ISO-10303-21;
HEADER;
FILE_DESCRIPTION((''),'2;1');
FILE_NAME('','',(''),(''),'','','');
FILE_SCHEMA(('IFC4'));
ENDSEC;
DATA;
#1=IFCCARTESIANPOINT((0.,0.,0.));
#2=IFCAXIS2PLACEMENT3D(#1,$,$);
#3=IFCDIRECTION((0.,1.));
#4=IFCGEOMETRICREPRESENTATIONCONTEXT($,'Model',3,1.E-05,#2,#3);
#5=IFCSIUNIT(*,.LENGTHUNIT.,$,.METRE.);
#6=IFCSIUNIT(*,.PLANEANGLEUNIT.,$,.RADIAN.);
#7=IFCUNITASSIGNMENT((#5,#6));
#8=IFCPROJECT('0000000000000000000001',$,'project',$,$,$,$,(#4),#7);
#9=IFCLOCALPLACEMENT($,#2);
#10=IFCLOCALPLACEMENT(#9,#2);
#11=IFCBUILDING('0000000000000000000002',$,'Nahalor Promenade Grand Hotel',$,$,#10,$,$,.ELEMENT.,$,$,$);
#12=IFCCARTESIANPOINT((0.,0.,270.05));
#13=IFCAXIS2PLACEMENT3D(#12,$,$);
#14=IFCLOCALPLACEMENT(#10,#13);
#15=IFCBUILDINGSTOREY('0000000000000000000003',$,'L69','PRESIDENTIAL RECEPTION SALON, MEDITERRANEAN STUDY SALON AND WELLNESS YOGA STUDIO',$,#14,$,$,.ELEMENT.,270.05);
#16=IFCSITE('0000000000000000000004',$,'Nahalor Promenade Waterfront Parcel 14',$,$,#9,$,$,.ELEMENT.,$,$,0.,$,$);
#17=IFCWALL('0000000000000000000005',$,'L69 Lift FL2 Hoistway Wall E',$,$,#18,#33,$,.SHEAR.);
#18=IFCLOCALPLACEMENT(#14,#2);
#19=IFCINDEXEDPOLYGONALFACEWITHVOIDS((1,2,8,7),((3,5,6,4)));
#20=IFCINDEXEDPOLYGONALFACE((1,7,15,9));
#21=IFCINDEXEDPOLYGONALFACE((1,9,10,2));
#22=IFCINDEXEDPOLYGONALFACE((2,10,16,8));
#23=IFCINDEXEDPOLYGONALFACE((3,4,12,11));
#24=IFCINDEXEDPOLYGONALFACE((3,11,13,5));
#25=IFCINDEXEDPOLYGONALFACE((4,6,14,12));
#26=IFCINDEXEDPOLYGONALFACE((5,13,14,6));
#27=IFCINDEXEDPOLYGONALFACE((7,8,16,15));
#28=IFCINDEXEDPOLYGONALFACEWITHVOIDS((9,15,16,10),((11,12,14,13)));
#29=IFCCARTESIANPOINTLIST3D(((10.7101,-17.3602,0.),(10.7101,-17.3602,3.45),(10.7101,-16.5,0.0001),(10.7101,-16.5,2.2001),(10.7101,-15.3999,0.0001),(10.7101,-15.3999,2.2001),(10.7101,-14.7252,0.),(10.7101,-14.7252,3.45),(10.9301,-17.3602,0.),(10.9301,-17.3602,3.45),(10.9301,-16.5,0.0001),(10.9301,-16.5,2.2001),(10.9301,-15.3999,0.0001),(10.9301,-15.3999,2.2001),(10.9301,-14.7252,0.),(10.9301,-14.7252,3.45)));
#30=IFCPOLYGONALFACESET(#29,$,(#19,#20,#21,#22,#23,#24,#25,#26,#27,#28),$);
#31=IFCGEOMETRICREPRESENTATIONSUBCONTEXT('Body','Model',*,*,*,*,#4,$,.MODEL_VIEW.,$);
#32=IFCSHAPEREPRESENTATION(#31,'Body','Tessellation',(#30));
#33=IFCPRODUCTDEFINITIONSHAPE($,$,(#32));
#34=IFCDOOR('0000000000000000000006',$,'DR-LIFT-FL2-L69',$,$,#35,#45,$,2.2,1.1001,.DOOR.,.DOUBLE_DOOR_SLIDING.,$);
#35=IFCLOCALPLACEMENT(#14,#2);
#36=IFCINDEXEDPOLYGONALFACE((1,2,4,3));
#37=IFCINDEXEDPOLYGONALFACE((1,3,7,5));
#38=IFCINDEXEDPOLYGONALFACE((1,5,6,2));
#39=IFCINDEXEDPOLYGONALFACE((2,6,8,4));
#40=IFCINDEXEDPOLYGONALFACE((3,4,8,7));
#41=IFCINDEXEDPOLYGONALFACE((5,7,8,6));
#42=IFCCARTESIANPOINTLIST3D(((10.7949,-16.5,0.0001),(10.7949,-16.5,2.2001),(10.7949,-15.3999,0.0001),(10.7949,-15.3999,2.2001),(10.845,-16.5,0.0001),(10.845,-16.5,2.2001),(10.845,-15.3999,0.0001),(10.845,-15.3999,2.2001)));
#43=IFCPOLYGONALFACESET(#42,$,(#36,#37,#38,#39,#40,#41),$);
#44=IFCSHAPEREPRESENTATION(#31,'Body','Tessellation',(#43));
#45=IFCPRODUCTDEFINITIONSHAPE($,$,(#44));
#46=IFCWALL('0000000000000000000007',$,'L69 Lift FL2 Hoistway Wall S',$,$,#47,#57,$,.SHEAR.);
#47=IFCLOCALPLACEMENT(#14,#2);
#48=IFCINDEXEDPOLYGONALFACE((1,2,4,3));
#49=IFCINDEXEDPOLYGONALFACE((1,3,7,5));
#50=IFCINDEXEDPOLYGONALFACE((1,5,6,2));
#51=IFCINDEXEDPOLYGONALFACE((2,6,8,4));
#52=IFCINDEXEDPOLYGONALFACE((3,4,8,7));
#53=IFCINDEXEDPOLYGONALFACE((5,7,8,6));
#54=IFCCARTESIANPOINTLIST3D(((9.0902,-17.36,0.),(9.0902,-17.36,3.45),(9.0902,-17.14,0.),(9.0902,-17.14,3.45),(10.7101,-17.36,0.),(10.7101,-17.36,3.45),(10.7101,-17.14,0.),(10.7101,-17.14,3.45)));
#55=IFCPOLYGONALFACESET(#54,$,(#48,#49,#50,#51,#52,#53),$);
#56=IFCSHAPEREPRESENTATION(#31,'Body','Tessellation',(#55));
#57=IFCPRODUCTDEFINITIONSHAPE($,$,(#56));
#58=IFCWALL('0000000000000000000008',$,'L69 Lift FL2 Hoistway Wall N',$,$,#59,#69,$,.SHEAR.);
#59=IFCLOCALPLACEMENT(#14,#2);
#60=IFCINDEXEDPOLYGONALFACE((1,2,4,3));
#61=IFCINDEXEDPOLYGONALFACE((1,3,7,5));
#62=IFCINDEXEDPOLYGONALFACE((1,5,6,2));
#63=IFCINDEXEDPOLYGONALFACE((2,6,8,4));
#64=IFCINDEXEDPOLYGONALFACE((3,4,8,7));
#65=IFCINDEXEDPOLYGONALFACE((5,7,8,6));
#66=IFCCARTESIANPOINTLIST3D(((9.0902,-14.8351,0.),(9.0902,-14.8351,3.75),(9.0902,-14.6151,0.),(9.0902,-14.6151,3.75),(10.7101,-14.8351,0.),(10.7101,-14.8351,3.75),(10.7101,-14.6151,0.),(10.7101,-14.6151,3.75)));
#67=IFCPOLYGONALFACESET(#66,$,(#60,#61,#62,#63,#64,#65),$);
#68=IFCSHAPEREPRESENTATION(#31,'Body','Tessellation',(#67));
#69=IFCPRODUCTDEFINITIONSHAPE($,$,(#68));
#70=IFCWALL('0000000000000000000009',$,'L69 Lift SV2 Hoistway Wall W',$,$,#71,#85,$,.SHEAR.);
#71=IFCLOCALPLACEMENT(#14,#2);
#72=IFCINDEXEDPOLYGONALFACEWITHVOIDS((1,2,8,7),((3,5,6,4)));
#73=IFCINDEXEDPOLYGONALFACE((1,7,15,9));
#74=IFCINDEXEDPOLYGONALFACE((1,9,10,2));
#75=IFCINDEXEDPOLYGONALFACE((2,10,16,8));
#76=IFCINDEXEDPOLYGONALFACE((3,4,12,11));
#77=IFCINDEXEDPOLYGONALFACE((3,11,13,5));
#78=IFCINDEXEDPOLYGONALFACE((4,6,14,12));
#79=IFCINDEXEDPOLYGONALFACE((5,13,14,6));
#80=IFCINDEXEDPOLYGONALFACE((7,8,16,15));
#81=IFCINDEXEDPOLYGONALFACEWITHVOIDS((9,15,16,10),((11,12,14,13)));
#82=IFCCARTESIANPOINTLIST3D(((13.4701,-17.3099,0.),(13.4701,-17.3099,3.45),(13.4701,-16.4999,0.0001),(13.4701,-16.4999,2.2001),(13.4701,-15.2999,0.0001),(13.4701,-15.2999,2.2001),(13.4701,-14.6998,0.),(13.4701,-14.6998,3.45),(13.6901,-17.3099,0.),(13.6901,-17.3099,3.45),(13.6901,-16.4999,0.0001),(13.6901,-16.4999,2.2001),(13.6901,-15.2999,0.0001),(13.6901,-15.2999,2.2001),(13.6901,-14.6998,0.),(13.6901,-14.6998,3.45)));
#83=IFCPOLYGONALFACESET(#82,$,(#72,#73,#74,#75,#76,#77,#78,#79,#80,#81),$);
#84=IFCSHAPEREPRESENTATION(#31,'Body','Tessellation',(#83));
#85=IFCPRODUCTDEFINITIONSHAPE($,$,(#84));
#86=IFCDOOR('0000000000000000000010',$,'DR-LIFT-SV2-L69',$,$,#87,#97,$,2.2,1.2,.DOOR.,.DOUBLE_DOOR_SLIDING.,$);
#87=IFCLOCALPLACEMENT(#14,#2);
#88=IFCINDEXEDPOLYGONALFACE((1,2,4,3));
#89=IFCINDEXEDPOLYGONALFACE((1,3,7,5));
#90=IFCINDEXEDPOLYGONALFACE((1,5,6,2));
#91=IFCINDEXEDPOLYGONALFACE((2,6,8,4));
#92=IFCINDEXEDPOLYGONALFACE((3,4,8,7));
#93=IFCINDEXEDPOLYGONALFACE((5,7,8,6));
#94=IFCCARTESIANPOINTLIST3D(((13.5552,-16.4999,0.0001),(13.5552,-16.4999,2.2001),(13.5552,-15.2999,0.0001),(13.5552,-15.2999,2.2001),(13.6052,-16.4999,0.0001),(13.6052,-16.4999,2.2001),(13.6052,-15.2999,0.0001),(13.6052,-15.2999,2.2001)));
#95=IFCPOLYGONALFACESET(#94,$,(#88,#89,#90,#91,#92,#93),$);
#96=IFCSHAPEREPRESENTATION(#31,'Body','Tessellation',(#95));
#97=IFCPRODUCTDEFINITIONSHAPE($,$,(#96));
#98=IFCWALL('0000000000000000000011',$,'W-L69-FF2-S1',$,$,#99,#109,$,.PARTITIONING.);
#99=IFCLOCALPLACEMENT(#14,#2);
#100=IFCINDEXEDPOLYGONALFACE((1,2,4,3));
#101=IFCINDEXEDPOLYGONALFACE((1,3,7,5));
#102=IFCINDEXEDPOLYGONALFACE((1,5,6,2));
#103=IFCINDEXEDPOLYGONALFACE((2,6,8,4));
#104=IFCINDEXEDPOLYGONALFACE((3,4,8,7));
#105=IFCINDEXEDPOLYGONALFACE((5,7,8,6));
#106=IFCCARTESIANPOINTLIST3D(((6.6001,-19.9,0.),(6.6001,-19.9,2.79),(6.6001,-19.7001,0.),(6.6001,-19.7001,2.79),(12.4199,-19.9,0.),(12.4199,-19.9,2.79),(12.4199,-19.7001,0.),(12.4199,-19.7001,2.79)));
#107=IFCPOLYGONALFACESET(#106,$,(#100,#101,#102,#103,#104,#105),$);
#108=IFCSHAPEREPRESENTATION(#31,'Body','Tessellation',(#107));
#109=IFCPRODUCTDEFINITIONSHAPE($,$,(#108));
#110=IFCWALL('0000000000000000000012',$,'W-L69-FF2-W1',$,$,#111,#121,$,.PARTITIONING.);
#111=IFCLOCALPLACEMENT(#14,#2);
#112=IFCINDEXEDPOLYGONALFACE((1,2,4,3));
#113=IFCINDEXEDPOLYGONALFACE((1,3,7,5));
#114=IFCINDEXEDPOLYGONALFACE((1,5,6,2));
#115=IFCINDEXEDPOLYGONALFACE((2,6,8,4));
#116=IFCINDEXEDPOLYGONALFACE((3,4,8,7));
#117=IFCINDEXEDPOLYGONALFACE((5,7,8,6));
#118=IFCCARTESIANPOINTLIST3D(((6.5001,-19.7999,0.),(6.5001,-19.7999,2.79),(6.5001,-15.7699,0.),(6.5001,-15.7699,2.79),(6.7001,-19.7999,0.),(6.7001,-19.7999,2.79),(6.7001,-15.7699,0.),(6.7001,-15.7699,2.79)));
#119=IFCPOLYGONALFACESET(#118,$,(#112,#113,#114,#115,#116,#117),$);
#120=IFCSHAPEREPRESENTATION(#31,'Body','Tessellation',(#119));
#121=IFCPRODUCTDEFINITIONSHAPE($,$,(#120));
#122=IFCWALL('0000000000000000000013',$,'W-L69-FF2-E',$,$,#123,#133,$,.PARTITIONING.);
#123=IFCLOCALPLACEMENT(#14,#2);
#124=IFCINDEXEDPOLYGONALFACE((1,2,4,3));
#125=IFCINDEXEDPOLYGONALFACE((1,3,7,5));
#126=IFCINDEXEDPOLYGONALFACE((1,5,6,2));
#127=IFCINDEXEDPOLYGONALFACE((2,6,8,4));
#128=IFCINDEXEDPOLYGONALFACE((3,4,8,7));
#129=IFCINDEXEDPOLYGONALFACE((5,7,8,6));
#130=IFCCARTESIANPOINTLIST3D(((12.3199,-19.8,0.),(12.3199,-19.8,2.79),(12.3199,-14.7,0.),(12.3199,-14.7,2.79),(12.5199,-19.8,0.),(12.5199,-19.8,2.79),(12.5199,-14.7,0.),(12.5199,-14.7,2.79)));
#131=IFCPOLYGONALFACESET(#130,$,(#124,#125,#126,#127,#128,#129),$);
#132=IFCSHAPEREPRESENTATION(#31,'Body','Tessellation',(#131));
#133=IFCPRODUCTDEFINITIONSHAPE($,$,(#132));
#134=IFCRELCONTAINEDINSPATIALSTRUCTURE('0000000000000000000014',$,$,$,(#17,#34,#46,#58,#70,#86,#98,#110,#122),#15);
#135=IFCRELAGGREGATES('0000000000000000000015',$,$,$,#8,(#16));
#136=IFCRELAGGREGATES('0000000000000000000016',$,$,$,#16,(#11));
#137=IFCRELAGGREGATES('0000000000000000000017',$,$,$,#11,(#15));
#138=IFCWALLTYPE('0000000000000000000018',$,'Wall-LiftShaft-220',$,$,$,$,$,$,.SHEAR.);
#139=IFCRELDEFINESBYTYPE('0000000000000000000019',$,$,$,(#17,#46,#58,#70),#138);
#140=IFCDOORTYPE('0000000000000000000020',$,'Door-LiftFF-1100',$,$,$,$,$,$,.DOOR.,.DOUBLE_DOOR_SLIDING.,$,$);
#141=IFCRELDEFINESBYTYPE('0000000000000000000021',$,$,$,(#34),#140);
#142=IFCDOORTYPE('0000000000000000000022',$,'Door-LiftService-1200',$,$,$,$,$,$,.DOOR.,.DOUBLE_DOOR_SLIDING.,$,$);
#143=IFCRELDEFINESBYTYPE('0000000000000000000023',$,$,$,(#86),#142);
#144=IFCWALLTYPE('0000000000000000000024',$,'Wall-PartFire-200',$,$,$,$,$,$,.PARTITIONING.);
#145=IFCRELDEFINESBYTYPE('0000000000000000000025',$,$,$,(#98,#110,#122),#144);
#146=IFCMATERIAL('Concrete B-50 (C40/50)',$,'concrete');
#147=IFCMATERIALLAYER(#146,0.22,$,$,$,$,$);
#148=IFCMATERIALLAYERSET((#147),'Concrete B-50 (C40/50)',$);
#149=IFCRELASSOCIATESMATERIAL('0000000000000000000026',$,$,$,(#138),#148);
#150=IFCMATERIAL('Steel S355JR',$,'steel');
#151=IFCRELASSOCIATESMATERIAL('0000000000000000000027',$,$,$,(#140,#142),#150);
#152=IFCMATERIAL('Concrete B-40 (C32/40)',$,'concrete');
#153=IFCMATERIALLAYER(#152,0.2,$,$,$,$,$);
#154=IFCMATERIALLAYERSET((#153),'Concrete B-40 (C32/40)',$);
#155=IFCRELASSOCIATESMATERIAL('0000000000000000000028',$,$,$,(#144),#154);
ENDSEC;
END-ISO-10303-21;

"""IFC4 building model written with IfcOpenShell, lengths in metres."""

from ifc_helpers import new_model, si_unit, direction, frame, frame_2d, origin, place, context, subcontext, project, spatial, rectangle, extrude, source, transform, mapped, material, layer, layer_set, type_object, element, fill, save


model = new_model("IFC4")

# Units and contexts
model_context = context("Model", 3, precision=1e-05, world=origin(), true_north=direction((0.0, 1.0)))
body_context = subcontext(model_context, "Body", "Model", "MODEL_VIEW")
ifc_project = project(units=[si_unit("LENGTHUNIT", "METRE"), si_unit("PLANEANGLEUNIT", "RADIAN")], contexts=[model_context])

# Site, building, storey
site_placement = place(None, origin())
site = spatial("IfcSite", under=ifc_project, at=site_placement, Name="Nahalor Promenade Waterfront Parcel 14", CompositionType="ELEMENT", RefElevation=0.0)
building_placement = place(site_placement, origin())
building = spatial("IfcBuilding", under=site, at=building_placement, Name="Nahalor Promenade Grand Hotel", CompositionType="ELEMENT")
storey_placement = place(building_placement, frame((0.0, 0.0, 270.05)))
storey = spatial("IfcBuildingStorey", under=building, at=storey_placement, Name="L69", Description="PRESIDENTIAL RECEPTION SALON, MEDITERRANEAN STUDY SALON AND WELLNESS YOGA STUDIO", CompositionType="ELEMENT", Elevation=270.05)

# Shared definitions
ifc_material_1 = material(Name="Concrete B-50 (C40/50)", Category="concrete")
ifc_material_2 = material(Name="Steel S355JR", Category="steel")

# Shared definitions
ifc_layer_1 = layer(ifc_material_1, 0.22)
ifc_layer_set_1 = layer_set([ifc_layer_1], Name="Concrete B-50 (C40/50)")
wall_type_1 = type_object("IfcWallType", Name="Wall-LiftShaft-220", PredefinedType="SHEAR", material=ifc_layer_set_1)

# Shared definitions
shared_shape_1 = source(origin(), body_context, "Body", "SweptSolid", [
    extrude(rectangle(XDim=2.635, YDim=0.22, at=frame_2d((1.3174, 0.0))), origin(), (0.0, 0.0, 1.0), 3.45),
])

# Wall, opening, door
wall_1_placement = place(storey_placement, frame((10.8201, -17.3601, 0.0), z_axis=(0.0, 0.0, 1.0), x_axis=(0.0, 1.0, 0.0)))
wall_1 = element("IfcWall", 1, at=wall_1_placement, inside=storey, type_object=wall_type_1, Name="L69 Lift FL2 Hoistway Wall E", PredefinedType="SHEAR", context=body_context, shape_type="MappedRepresentation", body=[
    mapped(shared_shape_1, transform((0.0, 0.0, 0.0), scale=1.0)),
])
opening_1_placement = place(wall_1_placement, frame((0.8601, 0.0, 0.0)))
opening_1 = element("IfcOpeningElement", 2, at=opening_1_placement, cuts=wall_1, PredefinedType="OPENING", context=body_context, shape_type="SweptSolid", body=[
    extrude(rectangle(XDim=1.1001, YDim=2.2, at=frame_2d((0.55, 1.1001))), frame((0.0, 0.1199, 0.0), z_axis=(0.0, -1.0, 0.0), x_axis=(1.0, 0.0, 0.0)), (0.0, 0.0, 1.0), 0.24),
])
door_type_1 = type_object("IfcDoorType", Name="Door-LiftFF-1100", OperationType="DOUBLE_DOOR_SLIDING", PredefinedType="DOOR", material=ifc_material_2)
shared_shape_2 = source(origin(), body_context, "Body", "SweptSolid", [
    extrude(rectangle(XDim=1.1001, YDim=2.2, at=frame_2d((0.55, 1.1001))), frame((0.0, 0.0249, 0.0), z_axis=(0.0, -1.0, 0.0), x_axis=(1.0, 0.0, 0.0)), (0.0, 0.0, 1.0), 0.05),
])
door_1_placement = place(opening_1_placement, frame((1.1001, 0.0, 0.0), z_axis=(0.0, 0.0, 1.0), x_axis=(-1.0, 0.0, 0.0)))
door_1 = element("IfcDoor", 3, at=door_1_placement, inside=storey, type_object=door_type_1, Name="DR-LIFT-FL2-L69", OperationType="DOUBLE_DOOR_SLIDING", OverallHeight=2.2, OverallWidth=1.1001, PredefinedType="DOOR", context=body_context, shape_type="MappedRepresentation", body=[
    mapped(shared_shape_2, transform((0.0, 0.0, 0.0), scale=1.0)),
])
fill(opening_1, door_1)

# Walls
shared_shape_3 = source(origin(), body_context, "Body", "SweptSolid", [
    extrude(rectangle(XDim=1.6199, YDim=0.22, at=frame_2d((0.8101, 0.0))), origin(), (0.0, 0.0, 1.0), 3.45),
])
wall_2_placement = place(storey_placement, frame((9.0901, -17.25, 0.0), z_axis=(0.0, 0.0, 1.0), x_axis=(1.0, 0.0, 0.0)))
element("IfcWall", 4, at=wall_2_placement, inside=storey, type_object=wall_type_1, Name="L69 Lift FL2 Hoistway Wall S", PredefinedType="SHEAR", context=body_context, shape_type="MappedRepresentation", body=[
    mapped(shared_shape_3, transform((0.0, 0.0, 0.0), scale=1.0)),
])
shared_shape_4 = source(origin(), body_context, "Body", "SweptSolid", [
    extrude(rectangle(XDim=1.6199, YDim=0.22, at=frame_2d((0.8101, 0.0))), origin(), (0.0, 0.0, 1.0), 3.75),
])
wall_3_placement = place(storey_placement, frame((9.0901, -14.7251, 0.0), z_axis=(0.0, 0.0, 1.0), x_axis=(1.0, 0.0, 0.0)))
element("IfcWall", 5, at=wall_3_placement, inside=storey, type_object=wall_type_1, Name="L69 Lift FL2 Hoistway Wall N", PredefinedType="SHEAR", context=body_context, shape_type="MappedRepresentation", body=[
    mapped(shared_shape_4, transform((0.0, 0.0, 0.0), scale=1.0)),
])

# Wall, opening, door
shared_shape_5 = source(origin(), body_context, "Body", "SweptSolid", [
    extrude(rectangle(XDim=2.6101, YDim=0.22, at=frame_2d((1.3052, 0.0))), origin(), (0.0, 0.0, 1.0), 3.45),
])
wall_4_placement = place(storey_placement, frame((13.5801, -17.3101, 0.0), z_axis=(0.0, 0.0, 1.0), x_axis=(0.0, 1.0, 0.0)))
wall_4 = element("IfcWall", 6, at=wall_4_placement, inside=storey, type_object=wall_type_1, Name="L69 Lift SV2 Hoistway Wall W", PredefinedType="SHEAR", context=body_context, shape_type="MappedRepresentation", body=[
    mapped(shared_shape_5, transform((0.0, 0.0, 0.0), scale=1.0)),
])
opening_2_placement = place(wall_4_placement, frame((0.8101, 0.0, 0.0)))
opening_2 = element("IfcOpeningElement", 7, at=opening_2_placement, cuts=wall_4, PredefinedType="OPENING", context=body_context, shape_type="SweptSolid", body=[
    extrude(rectangle(XDim=1.2, YDim=2.2, at=frame_2d((0.6001, 1.1001))), frame((0.0, 0.1199, 0.0), z_axis=(0.0, -1.0, 0.0), x_axis=(1.0, 0.0, 0.0)), (0.0, 0.0, 1.0), 0.24),
])
door_type_2 = type_object("IfcDoorType", Name="Door-LiftService-1200", OperationType="DOUBLE_DOOR_SLIDING", PredefinedType="DOOR", material=ifc_material_2)
shared_shape_6 = source(origin(), body_context, "Body", "SweptSolid", [
    extrude(rectangle(XDim=1.2, YDim=2.2, at=frame_2d((0.6001, 1.1001))), frame((0.0, 0.0249, 0.0), z_axis=(0.0, -1.0, 0.0), x_axis=(1.0, 0.0, 0.0)), (0.0, 0.0, 1.0), 0.05),
])
door_2_placement = place(opening_2_placement, origin())
door_2 = element("IfcDoor", 8, at=door_2_placement, inside=storey, type_object=door_type_2, Name="DR-LIFT-SV2-L69", OperationType="DOUBLE_DOOR_SLIDING", OverallHeight=2.2, OverallWidth=1.2, PredefinedType="DOOR", context=body_context, shape_type="MappedRepresentation", body=[
    mapped(shared_shape_6, transform((0.0, 0.0, 0.0), scale=1.0)),
])
fill(opening_2, door_2)

# Walls
ifc_material_3 = material(Name="Concrete B-40 (C32/40)", Category="concrete")
ifc_layer_2 = layer(ifc_material_3, 0.2)
ifc_layer_set_2 = layer_set([ifc_layer_2], Name="Concrete B-40 (C32/40)")
wall_type_2 = type_object("IfcWallType", Name="Wall-PartFire-200", PredefinedType="PARTITIONING", material=ifc_layer_set_2)
shared_shape_7 = source(origin(), body_context, "Body", "SweptSolid", [
    extrude(rectangle(XDim=5.8198, YDim=0.2, at=frame_2d((2.9099, 0.0))), origin(), (0.0, 0.0, 1.0), 2.79),
])
wall_5_placement = place(storey_placement, frame((6.6001, -19.8, 0.0), z_axis=(0.0, 0.0, 1.0), x_axis=(1.0, 0.0, 0.0)))
element("IfcWall", 9, at=wall_5_placement, inside=storey, type_object=wall_type_2, Name="W-L69-FF2-S1", PredefinedType="PARTITIONING", context=body_context, shape_type="MappedRepresentation", body=[
    mapped(shared_shape_7, transform((0.0, 0.0, 0.0), scale=1.0)),
])
shared_shape_8 = source(origin(), body_context, "Body", "SweptSolid", [
    extrude(rectangle(XDim=4.03, YDim=0.2, at=frame_2d((2.0151, 0.0))), origin(), (0.0, 0.0, 1.0), 2.79),
])
wall_6_placement = place(storey_placement, frame((6.6001, -19.8, 0.0), z_axis=(0.0, 0.0, 1.0), x_axis=(0.0, 1.0, 0.0)))
element("IfcWall", 10, at=wall_6_placement, inside=storey, type_object=wall_type_2, Name="W-L69-FF2-W1", PredefinedType="PARTITIONING", context=body_context, shape_type="MappedRepresentation", body=[
    mapped(shared_shape_8, transform((0.0, 0.0, 0.0), scale=1.0)),
])
shared_shape_9 = source(origin(), body_context, "Body", "SweptSolid", [
    extrude(rectangle(XDim=5.1001, YDim=0.2, at=frame_2d((2.55, 0.0))), origin(), (0.0, 0.0, 1.0), 2.79),
])
wall_7_placement = place(storey_placement, frame((12.4199, -19.8, 0.0), z_axis=(0.0, 0.0, 1.0), x_axis=(0.0, 1.0, 0.0)))
element("IfcWall", 11, at=wall_7_placement, inside=storey, type_object=wall_type_2, Name="W-L69-FF2-E", PredefinedType="PARTITIONING", context=body_context, shape_type="MappedRepresentation", body=[
    mapped(shared_shape_9, transform((0.0, 0.0, 0.0), scale=1.0)),
])

save(model, "model.ifc")
